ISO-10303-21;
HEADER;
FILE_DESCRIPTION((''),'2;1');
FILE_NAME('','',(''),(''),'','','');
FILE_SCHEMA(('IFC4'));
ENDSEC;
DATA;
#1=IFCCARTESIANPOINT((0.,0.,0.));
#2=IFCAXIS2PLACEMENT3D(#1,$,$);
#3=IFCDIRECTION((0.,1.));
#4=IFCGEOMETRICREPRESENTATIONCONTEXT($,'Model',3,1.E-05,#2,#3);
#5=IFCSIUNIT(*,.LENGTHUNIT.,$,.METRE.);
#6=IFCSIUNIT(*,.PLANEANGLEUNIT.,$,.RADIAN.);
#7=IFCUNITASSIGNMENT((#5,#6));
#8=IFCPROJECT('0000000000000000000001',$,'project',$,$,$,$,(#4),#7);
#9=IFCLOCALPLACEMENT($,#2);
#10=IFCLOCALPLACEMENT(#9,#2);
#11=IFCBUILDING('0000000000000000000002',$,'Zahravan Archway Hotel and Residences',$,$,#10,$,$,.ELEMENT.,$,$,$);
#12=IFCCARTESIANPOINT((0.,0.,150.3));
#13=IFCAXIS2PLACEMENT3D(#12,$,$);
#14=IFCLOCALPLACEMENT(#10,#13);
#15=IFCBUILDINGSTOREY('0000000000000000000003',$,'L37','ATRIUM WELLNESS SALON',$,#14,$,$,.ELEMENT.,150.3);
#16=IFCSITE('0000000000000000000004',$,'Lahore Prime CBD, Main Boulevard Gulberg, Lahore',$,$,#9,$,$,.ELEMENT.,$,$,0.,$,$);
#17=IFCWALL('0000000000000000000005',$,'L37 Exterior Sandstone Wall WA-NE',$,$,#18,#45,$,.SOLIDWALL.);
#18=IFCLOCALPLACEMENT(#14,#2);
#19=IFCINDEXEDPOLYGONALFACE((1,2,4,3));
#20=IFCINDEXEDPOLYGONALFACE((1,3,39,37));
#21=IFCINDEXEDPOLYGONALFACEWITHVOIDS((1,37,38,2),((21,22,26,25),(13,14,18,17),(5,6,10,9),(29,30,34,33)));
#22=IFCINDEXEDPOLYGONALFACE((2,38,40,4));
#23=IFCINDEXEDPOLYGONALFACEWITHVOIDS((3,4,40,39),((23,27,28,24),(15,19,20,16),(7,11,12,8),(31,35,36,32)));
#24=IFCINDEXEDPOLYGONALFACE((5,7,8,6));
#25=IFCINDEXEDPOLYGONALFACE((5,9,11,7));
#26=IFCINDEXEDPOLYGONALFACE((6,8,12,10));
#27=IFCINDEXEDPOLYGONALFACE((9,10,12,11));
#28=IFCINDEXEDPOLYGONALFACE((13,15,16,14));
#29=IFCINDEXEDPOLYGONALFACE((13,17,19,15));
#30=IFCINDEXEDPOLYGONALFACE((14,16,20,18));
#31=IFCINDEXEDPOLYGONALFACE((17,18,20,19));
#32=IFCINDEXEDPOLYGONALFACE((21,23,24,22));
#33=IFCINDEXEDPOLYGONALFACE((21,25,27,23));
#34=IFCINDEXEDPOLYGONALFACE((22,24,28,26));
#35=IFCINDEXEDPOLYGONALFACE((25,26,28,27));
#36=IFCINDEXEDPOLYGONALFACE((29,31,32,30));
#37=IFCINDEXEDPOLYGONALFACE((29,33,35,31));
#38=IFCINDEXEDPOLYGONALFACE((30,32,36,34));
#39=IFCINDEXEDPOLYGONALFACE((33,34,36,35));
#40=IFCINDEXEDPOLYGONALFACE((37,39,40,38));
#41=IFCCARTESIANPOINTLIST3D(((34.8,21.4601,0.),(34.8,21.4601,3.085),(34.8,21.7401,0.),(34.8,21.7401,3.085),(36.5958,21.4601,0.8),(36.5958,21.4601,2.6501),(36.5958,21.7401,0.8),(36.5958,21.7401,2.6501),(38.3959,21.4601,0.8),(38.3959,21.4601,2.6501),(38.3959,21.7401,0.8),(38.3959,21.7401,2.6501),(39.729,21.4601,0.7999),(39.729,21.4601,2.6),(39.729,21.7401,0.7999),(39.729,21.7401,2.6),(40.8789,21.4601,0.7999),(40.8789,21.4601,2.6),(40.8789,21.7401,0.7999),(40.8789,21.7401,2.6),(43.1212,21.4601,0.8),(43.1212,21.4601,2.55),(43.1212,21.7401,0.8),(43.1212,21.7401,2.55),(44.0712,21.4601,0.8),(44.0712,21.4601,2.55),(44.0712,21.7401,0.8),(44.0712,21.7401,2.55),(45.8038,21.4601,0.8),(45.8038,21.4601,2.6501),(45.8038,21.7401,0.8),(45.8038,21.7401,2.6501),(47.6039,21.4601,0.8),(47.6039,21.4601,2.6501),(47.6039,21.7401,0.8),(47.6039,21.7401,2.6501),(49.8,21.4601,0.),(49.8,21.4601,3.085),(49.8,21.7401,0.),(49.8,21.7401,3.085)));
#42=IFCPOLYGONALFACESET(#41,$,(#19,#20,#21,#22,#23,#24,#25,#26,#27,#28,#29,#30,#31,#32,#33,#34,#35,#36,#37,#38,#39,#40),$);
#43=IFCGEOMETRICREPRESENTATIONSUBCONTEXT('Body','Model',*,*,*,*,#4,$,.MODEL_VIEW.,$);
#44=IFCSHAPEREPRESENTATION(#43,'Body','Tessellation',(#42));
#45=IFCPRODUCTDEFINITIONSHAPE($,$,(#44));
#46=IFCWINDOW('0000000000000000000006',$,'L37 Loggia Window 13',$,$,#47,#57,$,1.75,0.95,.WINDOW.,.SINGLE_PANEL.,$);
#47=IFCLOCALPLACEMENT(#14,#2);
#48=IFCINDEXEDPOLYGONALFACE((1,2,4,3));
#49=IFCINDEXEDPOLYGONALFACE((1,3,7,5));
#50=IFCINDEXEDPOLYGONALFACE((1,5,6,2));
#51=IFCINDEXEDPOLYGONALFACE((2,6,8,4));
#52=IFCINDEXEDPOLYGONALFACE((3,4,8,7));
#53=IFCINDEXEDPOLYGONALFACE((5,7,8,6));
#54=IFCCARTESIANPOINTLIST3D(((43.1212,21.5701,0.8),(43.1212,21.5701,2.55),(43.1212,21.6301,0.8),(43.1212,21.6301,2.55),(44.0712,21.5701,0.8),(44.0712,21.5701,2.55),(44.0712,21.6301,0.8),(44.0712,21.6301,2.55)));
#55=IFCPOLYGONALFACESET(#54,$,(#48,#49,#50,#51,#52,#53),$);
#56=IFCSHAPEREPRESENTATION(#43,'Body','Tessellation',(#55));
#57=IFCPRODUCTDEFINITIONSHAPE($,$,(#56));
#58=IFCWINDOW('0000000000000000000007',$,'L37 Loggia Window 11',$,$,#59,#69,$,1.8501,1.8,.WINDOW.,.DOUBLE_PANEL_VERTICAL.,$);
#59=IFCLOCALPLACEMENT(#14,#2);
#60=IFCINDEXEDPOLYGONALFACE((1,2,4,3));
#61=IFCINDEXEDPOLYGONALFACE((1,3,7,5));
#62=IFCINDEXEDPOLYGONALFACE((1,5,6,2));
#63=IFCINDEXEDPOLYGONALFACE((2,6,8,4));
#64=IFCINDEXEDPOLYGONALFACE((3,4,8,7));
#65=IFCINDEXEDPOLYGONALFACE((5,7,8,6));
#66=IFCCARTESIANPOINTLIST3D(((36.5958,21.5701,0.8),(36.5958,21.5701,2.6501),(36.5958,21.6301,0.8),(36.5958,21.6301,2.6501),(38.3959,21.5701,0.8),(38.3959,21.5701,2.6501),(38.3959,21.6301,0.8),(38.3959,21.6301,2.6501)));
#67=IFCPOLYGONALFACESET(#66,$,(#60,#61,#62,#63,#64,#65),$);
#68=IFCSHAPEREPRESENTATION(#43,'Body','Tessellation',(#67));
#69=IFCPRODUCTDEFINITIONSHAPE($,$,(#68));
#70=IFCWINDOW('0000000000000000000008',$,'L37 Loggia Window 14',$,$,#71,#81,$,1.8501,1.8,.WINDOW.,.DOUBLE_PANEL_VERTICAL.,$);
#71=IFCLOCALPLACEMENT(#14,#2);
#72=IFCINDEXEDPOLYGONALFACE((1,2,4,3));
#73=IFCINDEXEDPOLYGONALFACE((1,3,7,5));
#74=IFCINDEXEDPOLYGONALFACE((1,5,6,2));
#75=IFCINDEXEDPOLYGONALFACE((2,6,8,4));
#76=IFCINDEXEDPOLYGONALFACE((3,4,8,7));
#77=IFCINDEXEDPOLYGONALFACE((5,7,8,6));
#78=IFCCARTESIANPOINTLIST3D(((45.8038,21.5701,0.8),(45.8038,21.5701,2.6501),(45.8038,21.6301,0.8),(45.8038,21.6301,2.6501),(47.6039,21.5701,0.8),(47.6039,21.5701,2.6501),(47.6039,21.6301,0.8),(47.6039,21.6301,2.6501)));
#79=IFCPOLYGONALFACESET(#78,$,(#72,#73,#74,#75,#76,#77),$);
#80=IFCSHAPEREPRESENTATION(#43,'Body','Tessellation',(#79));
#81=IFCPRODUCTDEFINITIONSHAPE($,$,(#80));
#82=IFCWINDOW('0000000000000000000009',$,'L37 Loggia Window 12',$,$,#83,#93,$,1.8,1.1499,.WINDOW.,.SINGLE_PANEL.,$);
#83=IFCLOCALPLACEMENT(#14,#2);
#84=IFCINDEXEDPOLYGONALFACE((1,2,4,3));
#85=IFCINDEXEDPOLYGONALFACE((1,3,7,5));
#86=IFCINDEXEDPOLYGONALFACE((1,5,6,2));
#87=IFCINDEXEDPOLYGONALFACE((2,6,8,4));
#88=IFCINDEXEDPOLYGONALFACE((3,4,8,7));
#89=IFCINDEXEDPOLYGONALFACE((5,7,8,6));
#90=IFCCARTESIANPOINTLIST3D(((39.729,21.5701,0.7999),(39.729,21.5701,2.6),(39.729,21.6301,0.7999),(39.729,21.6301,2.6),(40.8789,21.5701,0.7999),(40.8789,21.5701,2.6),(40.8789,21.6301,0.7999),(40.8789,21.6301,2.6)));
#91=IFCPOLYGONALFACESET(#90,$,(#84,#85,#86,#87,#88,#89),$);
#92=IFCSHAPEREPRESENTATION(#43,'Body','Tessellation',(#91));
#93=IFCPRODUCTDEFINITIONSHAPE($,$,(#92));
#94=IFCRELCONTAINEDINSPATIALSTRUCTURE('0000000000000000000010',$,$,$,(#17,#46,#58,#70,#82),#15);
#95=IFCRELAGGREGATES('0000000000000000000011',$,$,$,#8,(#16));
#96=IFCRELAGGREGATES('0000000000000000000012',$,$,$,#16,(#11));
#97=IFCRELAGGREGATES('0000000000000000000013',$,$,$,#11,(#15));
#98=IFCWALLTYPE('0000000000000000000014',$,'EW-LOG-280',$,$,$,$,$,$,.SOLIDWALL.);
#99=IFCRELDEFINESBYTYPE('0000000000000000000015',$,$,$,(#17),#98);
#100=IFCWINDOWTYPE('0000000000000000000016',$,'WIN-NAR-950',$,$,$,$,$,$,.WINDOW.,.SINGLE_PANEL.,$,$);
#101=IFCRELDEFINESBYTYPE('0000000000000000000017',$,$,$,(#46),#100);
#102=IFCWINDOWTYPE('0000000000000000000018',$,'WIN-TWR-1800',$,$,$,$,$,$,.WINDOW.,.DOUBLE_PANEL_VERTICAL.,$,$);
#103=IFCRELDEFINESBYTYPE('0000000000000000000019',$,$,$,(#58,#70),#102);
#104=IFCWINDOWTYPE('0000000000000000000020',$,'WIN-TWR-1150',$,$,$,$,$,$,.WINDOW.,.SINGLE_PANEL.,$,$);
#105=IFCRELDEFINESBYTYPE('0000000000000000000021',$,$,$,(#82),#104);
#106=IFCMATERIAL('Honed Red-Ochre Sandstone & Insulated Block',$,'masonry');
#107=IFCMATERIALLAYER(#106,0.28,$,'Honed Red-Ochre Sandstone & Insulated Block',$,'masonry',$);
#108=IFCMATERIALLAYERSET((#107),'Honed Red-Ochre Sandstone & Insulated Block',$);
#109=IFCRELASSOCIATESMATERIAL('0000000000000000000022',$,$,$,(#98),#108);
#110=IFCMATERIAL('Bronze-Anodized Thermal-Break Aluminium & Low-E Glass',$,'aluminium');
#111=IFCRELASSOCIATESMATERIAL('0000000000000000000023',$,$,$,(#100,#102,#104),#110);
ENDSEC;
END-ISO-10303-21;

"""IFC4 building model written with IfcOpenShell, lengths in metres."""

from ifc_helpers import new_model, si_unit, direction, frame, frame_2d, origin, place, context, subcontext, project, spatial, rectangle, extrude, source, transform, mapped, material, layer, layer_set, type_object, type_shapes, element, fill, save


model = new_model("IFC4")

# Units and contexts
model_context = context("Model", 3, precision=1e-05, world=origin(), true_north=direction((0.0, 1.0)))
body_context = subcontext(model_context, "Body", "Model", "MODEL_VIEW")
ifc_project = project(units=[si_unit("LENGTHUNIT", "METRE"), si_unit("PLANEANGLEUNIT", "RADIAN")], contexts=[model_context])

# Site, building, storey
site_placement = place(None, origin())
site = spatial("IfcSite", under=ifc_project, at=site_placement, Name="Lahore Prime CBD, Main Boulevard Gulberg, Lahore", CompositionType="ELEMENT", RefElevation=0.0)
building_placement = place(site_placement, origin())
building = spatial("IfcBuilding", under=site, at=building_placement, Name="Zahravan Archway Hotel and Residences", CompositionType="ELEMENT")
storey_placement = place(building_placement, frame((0.0, 0.0, 150.3)))
storey = spatial("IfcBuildingStorey", under=building, at=storey_placement, Name="L37", Description="ATRIUM WELLNESS SALON", CompositionType="ELEMENT", Elevation=150.3)

# Wall, openings, windows
ifc_material_1 = material(Name="Honed Red-Ochre Sandstone & Insulated Block", Category="masonry")
ifc_layer_1 = layer(ifc_material_1, 0.28, Name="Honed Red-Ochre Sandstone & Insulated Block", Category="masonry")
ifc_layer_set_1 = layer_set([ifc_layer_1], Name="Honed Red-Ochre Sandstone & Insulated Block")
wall_type_1 = type_object("IfcWallType", Name="EW-LOG-280", PredefinedType="SOLIDWALL", material=ifc_layer_set_1)
wall_1_placement = place(storey_placement, frame((34.8, 21.6001, 0.0), z_axis=(0.0, 0.0, 1.0), x_axis=(1.0, 0.0, 0.0)))
wall_1 = element("IfcWall", 1, at=wall_1_placement, inside=storey, type_object=wall_type_1, Name="L37 Exterior Sandstone Wall WA-NE", PredefinedType="SOLIDWALL", context=body_context, shape_type="SweptSolid", body=[
    extrude(rectangle(XDim=15.0, YDim=0.28, at=frame_2d((7.5, 0.0))), origin(), (0.0, 0.0, 1.0), 3.085),
])
opening_1_placement = place(wall_1_placement, frame((1.7959, 0.0, 0.8)))
opening_1 = element("IfcOpeningElement", 2, at=opening_1_placement, cuts=wall_1, PredefinedType="OPENING", context=body_context, shape_type="SweptSolid", body=[
    extrude(rectangle(XDim=1.8, YDim=1.8501, at=frame_2d((0.8999, 0.925))), frame((0.0, 0.1499, 0.0), z_axis=(0.0, -1.0, 0.0), x_axis=(1.0, 0.0, 0.0)), (0.0, 0.0, 1.0), 0.3),
])
opening_2_placement = place(wall_1_placement, frame((4.929, 0.0, 0.8)))
opening_2 = element("IfcOpeningElement", 3, at=opening_2_placement, cuts=wall_1, PredefinedType="OPENING", context=body_context, shape_type="SweptSolid", body=[
    extrude(rectangle(XDim=1.1499, YDim=1.8, at=frame_2d((0.575, 0.8999))), frame((0.0, 0.1499, 0.0), z_axis=(0.0, -1.0, 0.0), x_axis=(1.0, 0.0, 0.0)), (0.0, 0.0, 1.0), 0.3),
])
opening_3_placement = place(wall_1_placement, frame((8.321, 0.0, 0.8)))
opening_3 = element("IfcOpeningElement", 4, at=opening_3_placement, cuts=wall_1, PredefinedType="OPENING", context=body_context, shape_type="SweptSolid", body=[
    extrude(rectangle(XDim=0.95, YDim=1.75, at=frame_2d((0.4751, 0.875))), frame((0.0, 0.1499, 0.0), z_axis=(0.0, -1.0, 0.0), x_axis=(1.0, 0.0, 0.0)), (0.0, 0.0, 1.0), 0.3),
])
opening_4_placement = place(wall_1_placement, frame((11.0039, 0.0, 0.8)))
opening_4 = element("IfcOpeningElement", 5, at=opening_4_placement, cuts=wall_1, PredefinedType="OPENING", context=body_context, shape_type="SweptSolid", body=[
    extrude(rectangle(XDim=1.8, YDim=1.8501, at=frame_2d((0.8999, 0.925))), frame((0.0, 0.1499, 0.0), z_axis=(0.0, -1.0, 0.0), x_axis=(1.0, 0.0, 0.0)), (0.0, 0.0, 1.0), 0.3),
])
ifc_material_2 = material(Name="Bronze-Anodized Thermal-Break Aluminium & Low-E Glass", Category="aluminium")
window_type_1 = type_object("IfcWindowType", Name="WIN-NAR-950", PartitioningType="SINGLE_PANEL", PredefinedType="WINDOW", material=ifc_material_2)
shared_shape_1 = source(origin(), body_context, "Body", "SweptSolid", [
    extrude(rectangle(XDim=0.95, YDim=1.75, at=frame_2d((0.4751, 0.875))), frame((0.0, 0.03, 0.0), z_axis=(0.0, -1.0, 0.0), x_axis=(1.0, 0.0, 0.0)), (0.0, 0.0, 1.0), 0.0601),
])
type_shapes(window_type_1, [shared_shape_1])
window_1_placement = place(opening_3_placement, origin())
window_1 = element("IfcWindow", 6, at=window_1_placement, inside=storey, type_object=window_type_1, Name="L37 Loggia Window 13", OverallHeight=1.75, OverallWidth=0.95, PartitioningType="SINGLE_PANEL", PredefinedType="WINDOW", context=body_context, shape_type="MappedRepresentation", body=[
    mapped(shared_shape_1, transform((0.0, 0.0, 0.0), scale=1.0)),
])
fill(opening_3, window_1)
window_type_2 = type_object("IfcWindowType", Name="WIN-TWR-1800", PartitioningType="DOUBLE_PANEL_VERTICAL", PredefinedType="WINDOW", material=ifc_material_2)
shared_shape_2 = source(origin(), body_context, "Body", "SweptSolid", [
    extrude(rectangle(XDim=1.8, YDim=1.8501, at=frame_2d((0.8999, 0.925))), frame((0.0, 0.03, 0.0), z_axis=(0.0, -1.0, 0.0), x_axis=(1.0, 0.0, 0.0)), (0.0, 0.0, 1.0), 0.0601),
])
type_shapes(window_type_2, [shared_shape_2])
window_2_placement = place(opening_1_placement, origin())
window_2 = element("IfcWindow", 7, at=window_2_placement, inside=storey, type_object=window_type_2, Name="L37 Loggia Window 11", OverallHeight=1.8501, OverallWidth=1.8, PartitioningType="DOUBLE_PANEL_VERTICAL", PredefinedType="WINDOW", context=body_context, shape_type="MappedRepresentation", body=[
    mapped(shared_shape_2, transform((0.0, 0.0, 0.0), scale=1.0)),
])
fill(opening_1, window_2)
window_3_placement = place(opening_4_placement, origin())
window_3 = element("IfcWindow", 8, at=window_3_placement, inside=storey, type_object=window_type_2, Name="L37 Loggia Window 14", OverallHeight=1.8501, OverallWidth=1.8, PartitioningType="DOUBLE_PANEL_VERTICAL", PredefinedType="WINDOW", context=body_context, shape_type="MappedRepresentation", body=[
    mapped(shared_shape_2, transform((0.0, 0.0, 0.0), scale=1.0)),
])
fill(opening_4, window_3)
window_type_3 = type_object("IfcWindowType", Name="WIN-TWR-1150", PartitioningType="SINGLE_PANEL", PredefinedType="WINDOW", material=ifc_material_2)
shared_shape_3 = source(origin(), body_context, "Body", "SweptSolid", [
    extrude(rectangle(XDim=1.1499, YDim=1.8, at=frame_2d((0.575, 0.8999))), frame((0.0, 0.03, 0.0), z_axis=(0.0, -1.0, 0.0), x_axis=(1.0, 0.0, 0.0)), (0.0, 0.0, 1.0), 0.0601),
])
type_shapes(window_type_3, [shared_shape_3])
window_4_placement = place(opening_2_placement, origin())
window_4 = element("IfcWindow", 9, at=window_4_placement, inside=storey, type_object=window_type_3, Name="L37 Loggia Window 12", OverallHeight=1.8, OverallWidth=1.1499, PartitioningType="SINGLE_PANEL", PredefinedType="WINDOW", context=body_context, shape_type="MappedRepresentation", body=[
    mapped(shared_shape_3, transform((0.0, 0.0, 0.0), scale=1.0)),
])
fill(opening_2, window_4)

save(model, "model.ifc")
